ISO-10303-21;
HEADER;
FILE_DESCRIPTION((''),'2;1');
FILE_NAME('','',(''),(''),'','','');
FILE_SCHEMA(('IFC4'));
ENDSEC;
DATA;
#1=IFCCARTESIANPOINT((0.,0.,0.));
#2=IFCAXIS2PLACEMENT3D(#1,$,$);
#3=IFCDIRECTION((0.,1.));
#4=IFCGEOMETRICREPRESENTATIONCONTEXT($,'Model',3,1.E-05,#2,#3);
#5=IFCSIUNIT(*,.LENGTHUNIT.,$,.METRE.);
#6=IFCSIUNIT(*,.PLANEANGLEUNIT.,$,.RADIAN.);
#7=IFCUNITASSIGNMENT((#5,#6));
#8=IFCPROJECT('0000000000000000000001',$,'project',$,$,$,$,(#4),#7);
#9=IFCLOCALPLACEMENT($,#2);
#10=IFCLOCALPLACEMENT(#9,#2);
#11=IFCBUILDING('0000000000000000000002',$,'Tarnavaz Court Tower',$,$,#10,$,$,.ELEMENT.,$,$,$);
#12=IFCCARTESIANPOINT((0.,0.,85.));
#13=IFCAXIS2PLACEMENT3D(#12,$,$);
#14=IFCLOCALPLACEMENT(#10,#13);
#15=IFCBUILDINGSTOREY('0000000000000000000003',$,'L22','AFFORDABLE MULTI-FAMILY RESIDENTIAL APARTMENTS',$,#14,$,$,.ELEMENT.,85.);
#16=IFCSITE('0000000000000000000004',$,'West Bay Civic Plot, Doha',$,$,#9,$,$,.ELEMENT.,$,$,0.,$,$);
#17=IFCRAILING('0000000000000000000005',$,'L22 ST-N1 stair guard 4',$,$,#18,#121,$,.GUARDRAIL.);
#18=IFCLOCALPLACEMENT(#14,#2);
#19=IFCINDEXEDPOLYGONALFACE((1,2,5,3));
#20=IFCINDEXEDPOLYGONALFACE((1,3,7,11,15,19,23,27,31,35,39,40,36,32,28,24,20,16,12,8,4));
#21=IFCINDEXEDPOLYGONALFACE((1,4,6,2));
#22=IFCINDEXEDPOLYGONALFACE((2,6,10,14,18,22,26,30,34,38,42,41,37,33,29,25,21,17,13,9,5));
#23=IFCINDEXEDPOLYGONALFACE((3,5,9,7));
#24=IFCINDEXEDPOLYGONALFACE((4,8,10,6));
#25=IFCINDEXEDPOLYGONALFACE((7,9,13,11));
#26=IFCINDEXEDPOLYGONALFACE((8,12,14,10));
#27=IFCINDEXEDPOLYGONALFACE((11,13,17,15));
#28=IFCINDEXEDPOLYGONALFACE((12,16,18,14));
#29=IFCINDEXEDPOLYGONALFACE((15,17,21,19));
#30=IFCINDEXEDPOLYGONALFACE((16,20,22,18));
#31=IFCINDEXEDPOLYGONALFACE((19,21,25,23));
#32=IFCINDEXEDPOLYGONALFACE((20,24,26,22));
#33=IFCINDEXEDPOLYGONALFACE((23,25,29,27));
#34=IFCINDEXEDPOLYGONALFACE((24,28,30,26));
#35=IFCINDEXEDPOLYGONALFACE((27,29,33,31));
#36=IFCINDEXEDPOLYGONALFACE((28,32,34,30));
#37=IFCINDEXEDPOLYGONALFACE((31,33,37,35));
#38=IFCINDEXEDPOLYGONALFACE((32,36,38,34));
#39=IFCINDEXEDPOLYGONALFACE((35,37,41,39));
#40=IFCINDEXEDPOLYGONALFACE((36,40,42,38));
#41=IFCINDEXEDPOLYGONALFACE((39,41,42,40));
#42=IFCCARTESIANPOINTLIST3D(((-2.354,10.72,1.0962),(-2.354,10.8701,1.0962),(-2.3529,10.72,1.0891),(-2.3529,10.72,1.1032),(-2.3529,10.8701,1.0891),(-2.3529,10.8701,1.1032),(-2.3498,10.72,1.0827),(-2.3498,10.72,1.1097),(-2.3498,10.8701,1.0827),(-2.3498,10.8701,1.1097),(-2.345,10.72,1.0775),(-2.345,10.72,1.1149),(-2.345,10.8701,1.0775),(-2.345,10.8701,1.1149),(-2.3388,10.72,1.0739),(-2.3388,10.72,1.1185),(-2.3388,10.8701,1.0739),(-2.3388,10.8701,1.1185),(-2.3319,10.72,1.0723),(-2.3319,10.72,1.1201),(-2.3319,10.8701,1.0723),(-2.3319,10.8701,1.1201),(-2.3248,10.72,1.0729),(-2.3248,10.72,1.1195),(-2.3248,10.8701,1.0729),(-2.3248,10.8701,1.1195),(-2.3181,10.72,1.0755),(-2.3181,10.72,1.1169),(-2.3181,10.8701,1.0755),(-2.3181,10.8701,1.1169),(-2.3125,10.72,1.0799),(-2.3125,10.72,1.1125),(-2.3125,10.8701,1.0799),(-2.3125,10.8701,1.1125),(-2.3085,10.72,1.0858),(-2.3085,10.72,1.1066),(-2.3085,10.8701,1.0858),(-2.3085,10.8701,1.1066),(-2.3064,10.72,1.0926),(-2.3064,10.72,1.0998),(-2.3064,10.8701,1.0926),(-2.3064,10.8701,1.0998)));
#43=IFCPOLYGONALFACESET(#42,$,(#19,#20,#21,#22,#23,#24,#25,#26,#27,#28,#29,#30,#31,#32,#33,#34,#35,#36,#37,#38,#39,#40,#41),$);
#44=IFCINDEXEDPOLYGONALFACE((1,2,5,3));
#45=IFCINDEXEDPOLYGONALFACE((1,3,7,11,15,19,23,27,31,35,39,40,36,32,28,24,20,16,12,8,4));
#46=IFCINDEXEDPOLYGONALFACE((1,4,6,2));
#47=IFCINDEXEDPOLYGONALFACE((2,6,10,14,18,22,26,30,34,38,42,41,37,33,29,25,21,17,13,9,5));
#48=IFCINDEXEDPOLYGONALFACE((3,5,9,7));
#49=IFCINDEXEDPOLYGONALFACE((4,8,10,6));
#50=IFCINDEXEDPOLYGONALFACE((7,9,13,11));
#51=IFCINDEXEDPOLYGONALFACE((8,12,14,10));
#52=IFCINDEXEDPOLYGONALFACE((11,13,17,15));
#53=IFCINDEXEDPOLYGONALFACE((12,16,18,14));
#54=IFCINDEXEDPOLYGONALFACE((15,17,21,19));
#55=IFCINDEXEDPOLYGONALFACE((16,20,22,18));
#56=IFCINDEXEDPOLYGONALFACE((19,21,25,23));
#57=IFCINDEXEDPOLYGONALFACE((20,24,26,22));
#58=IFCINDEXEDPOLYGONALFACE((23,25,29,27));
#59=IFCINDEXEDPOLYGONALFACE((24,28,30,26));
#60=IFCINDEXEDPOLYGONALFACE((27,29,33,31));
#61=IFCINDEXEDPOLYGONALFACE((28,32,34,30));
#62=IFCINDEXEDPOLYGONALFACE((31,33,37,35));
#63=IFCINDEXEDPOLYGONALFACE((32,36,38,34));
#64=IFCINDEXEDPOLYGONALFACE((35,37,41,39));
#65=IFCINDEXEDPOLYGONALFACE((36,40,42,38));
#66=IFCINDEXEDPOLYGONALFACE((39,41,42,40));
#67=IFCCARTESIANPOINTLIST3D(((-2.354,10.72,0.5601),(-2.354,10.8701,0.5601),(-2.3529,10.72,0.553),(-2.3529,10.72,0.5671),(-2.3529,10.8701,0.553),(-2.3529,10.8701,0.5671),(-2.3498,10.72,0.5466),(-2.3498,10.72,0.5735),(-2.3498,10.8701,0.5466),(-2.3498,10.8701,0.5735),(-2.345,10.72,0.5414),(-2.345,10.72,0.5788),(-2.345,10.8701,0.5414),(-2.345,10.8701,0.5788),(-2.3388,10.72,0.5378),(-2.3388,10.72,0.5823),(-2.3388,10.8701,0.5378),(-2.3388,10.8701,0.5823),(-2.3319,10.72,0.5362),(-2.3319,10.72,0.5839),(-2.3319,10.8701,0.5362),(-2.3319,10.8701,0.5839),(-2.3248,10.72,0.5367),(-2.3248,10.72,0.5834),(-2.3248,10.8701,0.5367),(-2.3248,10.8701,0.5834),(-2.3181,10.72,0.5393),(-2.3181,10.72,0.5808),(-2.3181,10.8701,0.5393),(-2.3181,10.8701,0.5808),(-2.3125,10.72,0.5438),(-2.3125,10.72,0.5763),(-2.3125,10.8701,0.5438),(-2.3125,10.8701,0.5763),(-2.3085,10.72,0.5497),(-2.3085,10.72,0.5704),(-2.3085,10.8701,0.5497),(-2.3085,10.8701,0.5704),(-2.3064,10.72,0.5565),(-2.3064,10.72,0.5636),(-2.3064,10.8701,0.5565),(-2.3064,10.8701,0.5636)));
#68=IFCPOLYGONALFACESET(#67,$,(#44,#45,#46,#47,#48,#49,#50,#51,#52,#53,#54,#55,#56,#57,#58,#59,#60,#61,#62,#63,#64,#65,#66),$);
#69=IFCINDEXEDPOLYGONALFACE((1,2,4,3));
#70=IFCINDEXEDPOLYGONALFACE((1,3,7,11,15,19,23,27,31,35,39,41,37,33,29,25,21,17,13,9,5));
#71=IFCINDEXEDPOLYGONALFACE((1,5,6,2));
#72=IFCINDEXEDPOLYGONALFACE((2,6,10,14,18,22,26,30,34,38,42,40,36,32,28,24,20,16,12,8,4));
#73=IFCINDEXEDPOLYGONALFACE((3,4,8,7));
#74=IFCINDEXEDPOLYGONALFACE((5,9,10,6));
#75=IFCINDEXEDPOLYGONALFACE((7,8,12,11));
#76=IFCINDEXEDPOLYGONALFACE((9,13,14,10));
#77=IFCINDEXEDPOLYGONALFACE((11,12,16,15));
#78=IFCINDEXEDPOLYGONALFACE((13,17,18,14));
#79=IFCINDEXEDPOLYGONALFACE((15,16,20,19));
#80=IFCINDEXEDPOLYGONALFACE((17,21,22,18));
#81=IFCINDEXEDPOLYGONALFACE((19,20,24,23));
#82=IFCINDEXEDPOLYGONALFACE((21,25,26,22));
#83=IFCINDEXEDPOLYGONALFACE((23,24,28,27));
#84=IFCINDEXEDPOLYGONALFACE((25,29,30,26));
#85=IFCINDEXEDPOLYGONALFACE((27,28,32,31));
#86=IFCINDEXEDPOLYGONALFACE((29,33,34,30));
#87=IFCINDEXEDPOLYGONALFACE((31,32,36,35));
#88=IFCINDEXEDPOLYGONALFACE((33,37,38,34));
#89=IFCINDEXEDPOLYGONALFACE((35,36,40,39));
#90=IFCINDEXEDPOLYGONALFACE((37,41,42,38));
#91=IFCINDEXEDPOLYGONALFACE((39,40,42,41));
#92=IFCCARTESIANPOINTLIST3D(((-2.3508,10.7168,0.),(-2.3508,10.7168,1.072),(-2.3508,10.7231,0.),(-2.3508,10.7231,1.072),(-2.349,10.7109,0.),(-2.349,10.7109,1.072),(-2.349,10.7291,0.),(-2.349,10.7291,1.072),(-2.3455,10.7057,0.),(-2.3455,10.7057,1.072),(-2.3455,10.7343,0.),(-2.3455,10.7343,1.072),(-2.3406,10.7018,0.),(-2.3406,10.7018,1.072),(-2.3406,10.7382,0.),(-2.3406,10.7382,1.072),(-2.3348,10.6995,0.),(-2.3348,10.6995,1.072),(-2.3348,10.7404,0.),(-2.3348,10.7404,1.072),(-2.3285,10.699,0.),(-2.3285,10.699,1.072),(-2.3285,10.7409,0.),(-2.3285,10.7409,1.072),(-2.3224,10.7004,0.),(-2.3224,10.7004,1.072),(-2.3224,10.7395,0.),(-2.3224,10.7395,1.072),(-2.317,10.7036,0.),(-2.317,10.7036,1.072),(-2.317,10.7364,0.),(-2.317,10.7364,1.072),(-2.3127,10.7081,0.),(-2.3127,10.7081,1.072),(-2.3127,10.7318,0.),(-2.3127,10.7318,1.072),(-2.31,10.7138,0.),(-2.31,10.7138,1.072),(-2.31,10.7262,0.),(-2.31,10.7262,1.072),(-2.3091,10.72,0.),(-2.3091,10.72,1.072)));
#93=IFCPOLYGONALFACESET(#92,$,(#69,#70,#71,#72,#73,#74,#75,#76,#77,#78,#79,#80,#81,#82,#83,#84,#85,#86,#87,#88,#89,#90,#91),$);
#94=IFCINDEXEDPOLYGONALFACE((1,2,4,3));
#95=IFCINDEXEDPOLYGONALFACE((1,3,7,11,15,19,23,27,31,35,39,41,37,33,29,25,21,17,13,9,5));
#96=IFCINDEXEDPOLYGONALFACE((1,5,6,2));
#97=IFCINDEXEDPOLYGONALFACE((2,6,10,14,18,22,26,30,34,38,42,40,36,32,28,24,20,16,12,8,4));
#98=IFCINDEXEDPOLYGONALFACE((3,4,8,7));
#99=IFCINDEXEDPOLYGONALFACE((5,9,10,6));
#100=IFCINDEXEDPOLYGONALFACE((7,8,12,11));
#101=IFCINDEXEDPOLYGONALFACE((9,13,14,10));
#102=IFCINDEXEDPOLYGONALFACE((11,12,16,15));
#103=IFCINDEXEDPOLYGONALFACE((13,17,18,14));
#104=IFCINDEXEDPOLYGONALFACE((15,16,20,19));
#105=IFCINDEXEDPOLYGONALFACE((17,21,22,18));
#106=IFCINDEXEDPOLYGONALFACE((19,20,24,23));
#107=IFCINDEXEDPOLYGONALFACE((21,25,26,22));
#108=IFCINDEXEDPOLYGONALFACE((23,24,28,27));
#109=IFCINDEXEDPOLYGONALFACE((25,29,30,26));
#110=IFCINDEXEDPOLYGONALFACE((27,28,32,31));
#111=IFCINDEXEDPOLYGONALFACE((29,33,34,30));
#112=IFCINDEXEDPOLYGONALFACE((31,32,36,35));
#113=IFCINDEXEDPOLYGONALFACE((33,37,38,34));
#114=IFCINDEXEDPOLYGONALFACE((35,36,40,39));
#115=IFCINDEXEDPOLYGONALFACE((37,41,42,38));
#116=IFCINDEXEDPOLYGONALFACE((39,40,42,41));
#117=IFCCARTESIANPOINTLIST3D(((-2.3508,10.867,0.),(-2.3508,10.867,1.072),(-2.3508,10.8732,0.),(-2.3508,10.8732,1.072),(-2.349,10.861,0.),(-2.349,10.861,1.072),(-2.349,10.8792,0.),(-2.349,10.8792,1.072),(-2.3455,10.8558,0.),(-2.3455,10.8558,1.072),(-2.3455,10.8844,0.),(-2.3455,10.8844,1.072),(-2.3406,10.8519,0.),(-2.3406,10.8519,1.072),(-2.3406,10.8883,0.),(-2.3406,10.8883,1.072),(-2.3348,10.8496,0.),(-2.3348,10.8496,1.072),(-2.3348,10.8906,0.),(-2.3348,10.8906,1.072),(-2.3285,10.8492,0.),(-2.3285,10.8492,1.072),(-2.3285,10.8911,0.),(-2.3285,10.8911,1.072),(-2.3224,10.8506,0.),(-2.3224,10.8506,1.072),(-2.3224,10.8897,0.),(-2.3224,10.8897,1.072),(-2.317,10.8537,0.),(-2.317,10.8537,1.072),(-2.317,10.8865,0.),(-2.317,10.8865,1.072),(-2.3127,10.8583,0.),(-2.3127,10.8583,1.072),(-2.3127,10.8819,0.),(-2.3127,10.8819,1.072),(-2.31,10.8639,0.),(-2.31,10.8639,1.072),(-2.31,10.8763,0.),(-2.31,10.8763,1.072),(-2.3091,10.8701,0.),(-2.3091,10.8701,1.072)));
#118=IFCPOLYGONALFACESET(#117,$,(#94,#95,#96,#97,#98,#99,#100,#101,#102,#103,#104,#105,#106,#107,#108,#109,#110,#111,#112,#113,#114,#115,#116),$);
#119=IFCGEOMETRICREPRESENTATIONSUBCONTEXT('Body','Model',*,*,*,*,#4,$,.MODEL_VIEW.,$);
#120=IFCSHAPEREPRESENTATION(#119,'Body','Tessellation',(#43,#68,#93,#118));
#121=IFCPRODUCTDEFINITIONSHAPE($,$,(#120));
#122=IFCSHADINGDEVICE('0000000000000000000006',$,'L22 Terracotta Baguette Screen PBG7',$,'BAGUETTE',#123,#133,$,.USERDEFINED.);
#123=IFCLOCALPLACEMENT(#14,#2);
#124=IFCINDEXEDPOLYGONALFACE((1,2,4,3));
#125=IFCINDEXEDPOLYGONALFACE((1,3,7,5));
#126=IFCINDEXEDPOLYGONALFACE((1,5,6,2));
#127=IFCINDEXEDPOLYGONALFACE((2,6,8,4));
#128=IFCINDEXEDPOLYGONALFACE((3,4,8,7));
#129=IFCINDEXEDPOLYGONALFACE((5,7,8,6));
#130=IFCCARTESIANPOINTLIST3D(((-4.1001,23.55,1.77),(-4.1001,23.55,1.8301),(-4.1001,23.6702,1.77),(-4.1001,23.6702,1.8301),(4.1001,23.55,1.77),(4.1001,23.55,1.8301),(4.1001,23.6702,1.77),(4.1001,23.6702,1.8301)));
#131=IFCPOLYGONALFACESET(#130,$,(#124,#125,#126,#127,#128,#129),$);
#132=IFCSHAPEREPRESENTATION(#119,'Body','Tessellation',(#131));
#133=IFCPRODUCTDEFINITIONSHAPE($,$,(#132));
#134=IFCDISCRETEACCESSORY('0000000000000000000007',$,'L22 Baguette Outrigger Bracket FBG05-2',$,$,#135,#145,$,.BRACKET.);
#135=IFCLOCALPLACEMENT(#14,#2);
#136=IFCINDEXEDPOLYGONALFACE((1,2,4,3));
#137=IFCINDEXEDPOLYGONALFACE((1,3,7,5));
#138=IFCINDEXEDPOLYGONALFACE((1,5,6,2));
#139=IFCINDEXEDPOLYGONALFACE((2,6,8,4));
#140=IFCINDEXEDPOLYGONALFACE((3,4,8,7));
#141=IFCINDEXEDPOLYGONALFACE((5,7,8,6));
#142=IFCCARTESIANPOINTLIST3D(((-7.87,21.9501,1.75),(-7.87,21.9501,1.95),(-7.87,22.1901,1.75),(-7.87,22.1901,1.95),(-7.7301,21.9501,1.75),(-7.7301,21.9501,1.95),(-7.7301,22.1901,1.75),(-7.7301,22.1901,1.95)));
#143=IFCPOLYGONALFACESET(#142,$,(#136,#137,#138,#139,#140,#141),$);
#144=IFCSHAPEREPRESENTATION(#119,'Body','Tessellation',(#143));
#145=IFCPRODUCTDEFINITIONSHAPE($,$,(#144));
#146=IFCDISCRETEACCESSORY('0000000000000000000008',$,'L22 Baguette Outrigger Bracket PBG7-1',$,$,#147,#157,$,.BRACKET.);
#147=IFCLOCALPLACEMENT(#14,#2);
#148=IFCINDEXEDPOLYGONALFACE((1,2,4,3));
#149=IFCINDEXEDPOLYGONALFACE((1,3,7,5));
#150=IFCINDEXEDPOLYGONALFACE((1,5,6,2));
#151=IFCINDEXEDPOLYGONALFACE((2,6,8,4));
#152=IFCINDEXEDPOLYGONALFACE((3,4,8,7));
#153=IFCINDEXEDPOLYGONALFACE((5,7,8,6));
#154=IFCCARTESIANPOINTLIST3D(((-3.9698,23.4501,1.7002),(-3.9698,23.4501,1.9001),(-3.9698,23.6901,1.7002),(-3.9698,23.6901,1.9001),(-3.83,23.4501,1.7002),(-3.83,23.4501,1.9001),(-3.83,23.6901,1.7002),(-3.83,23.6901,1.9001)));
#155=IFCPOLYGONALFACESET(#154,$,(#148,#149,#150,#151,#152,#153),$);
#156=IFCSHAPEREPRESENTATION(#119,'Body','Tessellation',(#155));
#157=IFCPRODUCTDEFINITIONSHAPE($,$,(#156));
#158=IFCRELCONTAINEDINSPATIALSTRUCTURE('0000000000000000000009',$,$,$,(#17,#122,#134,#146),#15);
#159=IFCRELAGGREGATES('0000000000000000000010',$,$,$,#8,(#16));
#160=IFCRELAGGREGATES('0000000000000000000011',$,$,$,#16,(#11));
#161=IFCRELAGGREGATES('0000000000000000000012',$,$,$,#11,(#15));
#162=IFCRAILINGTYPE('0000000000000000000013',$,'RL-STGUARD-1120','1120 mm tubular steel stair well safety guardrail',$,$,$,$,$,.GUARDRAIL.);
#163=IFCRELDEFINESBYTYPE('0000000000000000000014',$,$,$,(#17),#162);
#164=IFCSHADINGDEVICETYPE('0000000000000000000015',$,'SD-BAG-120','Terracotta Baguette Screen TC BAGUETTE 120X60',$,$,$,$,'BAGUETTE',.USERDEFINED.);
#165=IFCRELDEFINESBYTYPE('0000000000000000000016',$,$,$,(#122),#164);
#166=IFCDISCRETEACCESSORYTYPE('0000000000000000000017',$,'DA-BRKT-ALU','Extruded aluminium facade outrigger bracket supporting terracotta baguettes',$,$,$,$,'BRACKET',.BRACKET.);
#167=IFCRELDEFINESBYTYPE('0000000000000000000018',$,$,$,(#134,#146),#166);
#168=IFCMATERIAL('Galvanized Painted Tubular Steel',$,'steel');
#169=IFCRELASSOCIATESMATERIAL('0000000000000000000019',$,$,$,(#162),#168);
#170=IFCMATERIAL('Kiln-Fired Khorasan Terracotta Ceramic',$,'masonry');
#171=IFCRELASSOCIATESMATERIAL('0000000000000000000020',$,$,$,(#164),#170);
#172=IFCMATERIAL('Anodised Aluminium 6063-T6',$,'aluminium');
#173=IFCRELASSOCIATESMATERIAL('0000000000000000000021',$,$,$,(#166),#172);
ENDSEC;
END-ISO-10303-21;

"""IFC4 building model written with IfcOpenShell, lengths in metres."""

from ifc_helpers import new_model, si_unit, direction, frame, origin, origin_2d, place, context, subcontext, project, spatial, rectangle, circle, extrude, material, material_profile, profile_set, type_object, element, save


model = new_model("IFC4")

# Units and contexts
model_context = context("Model", 3, precision=1e-05, world=origin(), true_north=direction((0.0, 1.0)))
body_context = subcontext(model_context, "Body", "Model", "MODEL_VIEW")
ifc_project = project(units=[si_unit("LENGTHUNIT", "METRE"), si_unit("PLANEANGLEUNIT", "RADIAN")], contexts=[model_context])

# Site, building, storey
site_placement = place(None, origin())
site = spatial("IfcSite", under=ifc_project, at=site_placement, Name="West Bay Civic Plot, Doha", CompositionType="ELEMENT", RefElevation=0.0)
building_placement = place(site_placement, origin())
building = spatial("IfcBuilding", under=site, at=building_placement, Name="Tarnavaz Court Tower", CompositionType="ELEMENT")
storey_placement = place(building_placement, frame((0.0, 0.0, 85.0)))
storey = spatial("IfcBuildingStorey", under=building, at=storey_placement, Name="L22", Description="AFFORDABLE MULTI-FAMILY RESIDENTIAL APARTMENTS", CompositionType="ELEMENT", Elevation=85.0)

# Shared definitions
ifc_material_1 = material(Name="Anodised Aluminium 6063-T6", Category="aluminium")

# Railing
ifc_material_2 = material(Name="Galvanized Painted Tubular Steel", Category="steel")
railing_type = type_object("IfcRailingType", Name="RL-STGUARD-1120", Description="1120 mm tubular steel stair well safety guardrail", PredefinedType="GUARDRAIL", material=ifc_material_2)
railing_placement = place(storey_placement, frame((-2.3301, 10.72, 0.0)))
element("IfcRailing", 1, at=railing_placement, inside=storey, type_object=railing_type, Name="L22 ST-N1 stair guard 4", PredefinedType="GUARDRAIL", context=body_context, shape_type="SweptSolid", body=[
    extrude(circle(Radius=0.0239, at=origin_2d()), frame((0.0, 0.0, 1.0962), z_axis=(0.0, 1.0, 0.0), x_axis=(-1.0, 0.0, 0.0)), (0.0, 0.0, 1.0), 0.1501),
    extrude(circle(Radius=0.0239, at=origin_2d()), frame((0.0, 0.0, 0.5601), z_axis=(0.0, 1.0, 0.0), x_axis=(-1.0, 0.0, 0.0)), (0.0, 0.0, 1.0), 0.1501),
    extrude(circle(Radius=0.021, at=origin_2d()), origin(), (0.0, 0.0, 1.0), 1.072),
    extrude(circle(Radius=0.021, at=origin_2d()), frame((0.0, 0.1501, 0.0)), (0.0, 0.0, 1.0), 1.072),
])

# Shading device
ifc_material_3 = material(Name="Kiln-Fired Khorasan Terracotta Ceramic", Category="masonry")
ifc_material_profile_1 = material_profile(ifc_material_3, rectangle(XDim=0.1201, YDim=0.0601, at=origin_2d()), Name="TC BAGUETTE 120X60")
ifc_profile_set_1 = profile_set([ifc_material_profile_1], Name="Kiln-Fired Khorasan Terracotta Ceramic")
shading_device_type = type_object("IfcShadingDeviceType", Name="SD-BAG-120", Description="Terracotta Baguette Screen TC BAGUETTE 120X60", ElementType="BAGUETTE", PredefinedType="USERDEFINED", material=ifc_profile_set_1)
shading_device_placement = place(storey_placement, frame((-4.1001, 23.6101, 1.8), z_axis=(1.0, 0.0, 0.0), x_axis=(0.0, 1.0, 0.0)))
element("IfcShadingDevice", 2, at=shading_device_placement, inside=storey, type_object=shading_device_type, Name="L22 Terracotta Baguette Screen PBG7", ObjectType="BAGUETTE", PredefinedType="USERDEFINED", context=body_context, shape_type="SweptSolid", body=[
    extrude(rectangle(XDim=0.1201, YDim=0.0601, at=origin_2d()), origin(), (0.0, 0.0, 1.0), 8.2002),
])

# Discrete accessories
discrete_accessory_type = type_object("IfcDiscreteAccessoryType", Name="DA-BRKT-ALU", Description="Extruded aluminium facade outrigger bracket supporting terracotta baguettes", ElementType="BRACKET", PredefinedType="BRACKET", material=ifc_material_1)
for number, where, z_axis, x_axis, name in (
    (3, (-7.8, 22.0701, 1.75), (0.0, 0.0, 1.0), (1.0, 0.0, 0.0), "L22 Baguette Outrigger Bracket FBG05-2"),
    (4, (-3.8999, 23.5701, 1.7002), (0.0, 0.0, 1.0), (1.0, 0.0, 0.0), "L22 Baguette Outrigger Bracket PBG7-1"),
):
    element("IfcDiscreteAccessory", number, at=place(storey_placement, frame(where, z_axis=z_axis, x_axis=x_axis)), inside=storey, type_object=discrete_accessory_type, Name=name, PredefinedType="BRACKET", context=body_context, shape_type="SweptSolid", body=[
        extrude(rectangle(XDim=0.1399, YDim=0.24, at=origin_2d()), origin(), (0.0, 0.0, 1.0), 0.2),
    ])

save(model, "model.ifc")
